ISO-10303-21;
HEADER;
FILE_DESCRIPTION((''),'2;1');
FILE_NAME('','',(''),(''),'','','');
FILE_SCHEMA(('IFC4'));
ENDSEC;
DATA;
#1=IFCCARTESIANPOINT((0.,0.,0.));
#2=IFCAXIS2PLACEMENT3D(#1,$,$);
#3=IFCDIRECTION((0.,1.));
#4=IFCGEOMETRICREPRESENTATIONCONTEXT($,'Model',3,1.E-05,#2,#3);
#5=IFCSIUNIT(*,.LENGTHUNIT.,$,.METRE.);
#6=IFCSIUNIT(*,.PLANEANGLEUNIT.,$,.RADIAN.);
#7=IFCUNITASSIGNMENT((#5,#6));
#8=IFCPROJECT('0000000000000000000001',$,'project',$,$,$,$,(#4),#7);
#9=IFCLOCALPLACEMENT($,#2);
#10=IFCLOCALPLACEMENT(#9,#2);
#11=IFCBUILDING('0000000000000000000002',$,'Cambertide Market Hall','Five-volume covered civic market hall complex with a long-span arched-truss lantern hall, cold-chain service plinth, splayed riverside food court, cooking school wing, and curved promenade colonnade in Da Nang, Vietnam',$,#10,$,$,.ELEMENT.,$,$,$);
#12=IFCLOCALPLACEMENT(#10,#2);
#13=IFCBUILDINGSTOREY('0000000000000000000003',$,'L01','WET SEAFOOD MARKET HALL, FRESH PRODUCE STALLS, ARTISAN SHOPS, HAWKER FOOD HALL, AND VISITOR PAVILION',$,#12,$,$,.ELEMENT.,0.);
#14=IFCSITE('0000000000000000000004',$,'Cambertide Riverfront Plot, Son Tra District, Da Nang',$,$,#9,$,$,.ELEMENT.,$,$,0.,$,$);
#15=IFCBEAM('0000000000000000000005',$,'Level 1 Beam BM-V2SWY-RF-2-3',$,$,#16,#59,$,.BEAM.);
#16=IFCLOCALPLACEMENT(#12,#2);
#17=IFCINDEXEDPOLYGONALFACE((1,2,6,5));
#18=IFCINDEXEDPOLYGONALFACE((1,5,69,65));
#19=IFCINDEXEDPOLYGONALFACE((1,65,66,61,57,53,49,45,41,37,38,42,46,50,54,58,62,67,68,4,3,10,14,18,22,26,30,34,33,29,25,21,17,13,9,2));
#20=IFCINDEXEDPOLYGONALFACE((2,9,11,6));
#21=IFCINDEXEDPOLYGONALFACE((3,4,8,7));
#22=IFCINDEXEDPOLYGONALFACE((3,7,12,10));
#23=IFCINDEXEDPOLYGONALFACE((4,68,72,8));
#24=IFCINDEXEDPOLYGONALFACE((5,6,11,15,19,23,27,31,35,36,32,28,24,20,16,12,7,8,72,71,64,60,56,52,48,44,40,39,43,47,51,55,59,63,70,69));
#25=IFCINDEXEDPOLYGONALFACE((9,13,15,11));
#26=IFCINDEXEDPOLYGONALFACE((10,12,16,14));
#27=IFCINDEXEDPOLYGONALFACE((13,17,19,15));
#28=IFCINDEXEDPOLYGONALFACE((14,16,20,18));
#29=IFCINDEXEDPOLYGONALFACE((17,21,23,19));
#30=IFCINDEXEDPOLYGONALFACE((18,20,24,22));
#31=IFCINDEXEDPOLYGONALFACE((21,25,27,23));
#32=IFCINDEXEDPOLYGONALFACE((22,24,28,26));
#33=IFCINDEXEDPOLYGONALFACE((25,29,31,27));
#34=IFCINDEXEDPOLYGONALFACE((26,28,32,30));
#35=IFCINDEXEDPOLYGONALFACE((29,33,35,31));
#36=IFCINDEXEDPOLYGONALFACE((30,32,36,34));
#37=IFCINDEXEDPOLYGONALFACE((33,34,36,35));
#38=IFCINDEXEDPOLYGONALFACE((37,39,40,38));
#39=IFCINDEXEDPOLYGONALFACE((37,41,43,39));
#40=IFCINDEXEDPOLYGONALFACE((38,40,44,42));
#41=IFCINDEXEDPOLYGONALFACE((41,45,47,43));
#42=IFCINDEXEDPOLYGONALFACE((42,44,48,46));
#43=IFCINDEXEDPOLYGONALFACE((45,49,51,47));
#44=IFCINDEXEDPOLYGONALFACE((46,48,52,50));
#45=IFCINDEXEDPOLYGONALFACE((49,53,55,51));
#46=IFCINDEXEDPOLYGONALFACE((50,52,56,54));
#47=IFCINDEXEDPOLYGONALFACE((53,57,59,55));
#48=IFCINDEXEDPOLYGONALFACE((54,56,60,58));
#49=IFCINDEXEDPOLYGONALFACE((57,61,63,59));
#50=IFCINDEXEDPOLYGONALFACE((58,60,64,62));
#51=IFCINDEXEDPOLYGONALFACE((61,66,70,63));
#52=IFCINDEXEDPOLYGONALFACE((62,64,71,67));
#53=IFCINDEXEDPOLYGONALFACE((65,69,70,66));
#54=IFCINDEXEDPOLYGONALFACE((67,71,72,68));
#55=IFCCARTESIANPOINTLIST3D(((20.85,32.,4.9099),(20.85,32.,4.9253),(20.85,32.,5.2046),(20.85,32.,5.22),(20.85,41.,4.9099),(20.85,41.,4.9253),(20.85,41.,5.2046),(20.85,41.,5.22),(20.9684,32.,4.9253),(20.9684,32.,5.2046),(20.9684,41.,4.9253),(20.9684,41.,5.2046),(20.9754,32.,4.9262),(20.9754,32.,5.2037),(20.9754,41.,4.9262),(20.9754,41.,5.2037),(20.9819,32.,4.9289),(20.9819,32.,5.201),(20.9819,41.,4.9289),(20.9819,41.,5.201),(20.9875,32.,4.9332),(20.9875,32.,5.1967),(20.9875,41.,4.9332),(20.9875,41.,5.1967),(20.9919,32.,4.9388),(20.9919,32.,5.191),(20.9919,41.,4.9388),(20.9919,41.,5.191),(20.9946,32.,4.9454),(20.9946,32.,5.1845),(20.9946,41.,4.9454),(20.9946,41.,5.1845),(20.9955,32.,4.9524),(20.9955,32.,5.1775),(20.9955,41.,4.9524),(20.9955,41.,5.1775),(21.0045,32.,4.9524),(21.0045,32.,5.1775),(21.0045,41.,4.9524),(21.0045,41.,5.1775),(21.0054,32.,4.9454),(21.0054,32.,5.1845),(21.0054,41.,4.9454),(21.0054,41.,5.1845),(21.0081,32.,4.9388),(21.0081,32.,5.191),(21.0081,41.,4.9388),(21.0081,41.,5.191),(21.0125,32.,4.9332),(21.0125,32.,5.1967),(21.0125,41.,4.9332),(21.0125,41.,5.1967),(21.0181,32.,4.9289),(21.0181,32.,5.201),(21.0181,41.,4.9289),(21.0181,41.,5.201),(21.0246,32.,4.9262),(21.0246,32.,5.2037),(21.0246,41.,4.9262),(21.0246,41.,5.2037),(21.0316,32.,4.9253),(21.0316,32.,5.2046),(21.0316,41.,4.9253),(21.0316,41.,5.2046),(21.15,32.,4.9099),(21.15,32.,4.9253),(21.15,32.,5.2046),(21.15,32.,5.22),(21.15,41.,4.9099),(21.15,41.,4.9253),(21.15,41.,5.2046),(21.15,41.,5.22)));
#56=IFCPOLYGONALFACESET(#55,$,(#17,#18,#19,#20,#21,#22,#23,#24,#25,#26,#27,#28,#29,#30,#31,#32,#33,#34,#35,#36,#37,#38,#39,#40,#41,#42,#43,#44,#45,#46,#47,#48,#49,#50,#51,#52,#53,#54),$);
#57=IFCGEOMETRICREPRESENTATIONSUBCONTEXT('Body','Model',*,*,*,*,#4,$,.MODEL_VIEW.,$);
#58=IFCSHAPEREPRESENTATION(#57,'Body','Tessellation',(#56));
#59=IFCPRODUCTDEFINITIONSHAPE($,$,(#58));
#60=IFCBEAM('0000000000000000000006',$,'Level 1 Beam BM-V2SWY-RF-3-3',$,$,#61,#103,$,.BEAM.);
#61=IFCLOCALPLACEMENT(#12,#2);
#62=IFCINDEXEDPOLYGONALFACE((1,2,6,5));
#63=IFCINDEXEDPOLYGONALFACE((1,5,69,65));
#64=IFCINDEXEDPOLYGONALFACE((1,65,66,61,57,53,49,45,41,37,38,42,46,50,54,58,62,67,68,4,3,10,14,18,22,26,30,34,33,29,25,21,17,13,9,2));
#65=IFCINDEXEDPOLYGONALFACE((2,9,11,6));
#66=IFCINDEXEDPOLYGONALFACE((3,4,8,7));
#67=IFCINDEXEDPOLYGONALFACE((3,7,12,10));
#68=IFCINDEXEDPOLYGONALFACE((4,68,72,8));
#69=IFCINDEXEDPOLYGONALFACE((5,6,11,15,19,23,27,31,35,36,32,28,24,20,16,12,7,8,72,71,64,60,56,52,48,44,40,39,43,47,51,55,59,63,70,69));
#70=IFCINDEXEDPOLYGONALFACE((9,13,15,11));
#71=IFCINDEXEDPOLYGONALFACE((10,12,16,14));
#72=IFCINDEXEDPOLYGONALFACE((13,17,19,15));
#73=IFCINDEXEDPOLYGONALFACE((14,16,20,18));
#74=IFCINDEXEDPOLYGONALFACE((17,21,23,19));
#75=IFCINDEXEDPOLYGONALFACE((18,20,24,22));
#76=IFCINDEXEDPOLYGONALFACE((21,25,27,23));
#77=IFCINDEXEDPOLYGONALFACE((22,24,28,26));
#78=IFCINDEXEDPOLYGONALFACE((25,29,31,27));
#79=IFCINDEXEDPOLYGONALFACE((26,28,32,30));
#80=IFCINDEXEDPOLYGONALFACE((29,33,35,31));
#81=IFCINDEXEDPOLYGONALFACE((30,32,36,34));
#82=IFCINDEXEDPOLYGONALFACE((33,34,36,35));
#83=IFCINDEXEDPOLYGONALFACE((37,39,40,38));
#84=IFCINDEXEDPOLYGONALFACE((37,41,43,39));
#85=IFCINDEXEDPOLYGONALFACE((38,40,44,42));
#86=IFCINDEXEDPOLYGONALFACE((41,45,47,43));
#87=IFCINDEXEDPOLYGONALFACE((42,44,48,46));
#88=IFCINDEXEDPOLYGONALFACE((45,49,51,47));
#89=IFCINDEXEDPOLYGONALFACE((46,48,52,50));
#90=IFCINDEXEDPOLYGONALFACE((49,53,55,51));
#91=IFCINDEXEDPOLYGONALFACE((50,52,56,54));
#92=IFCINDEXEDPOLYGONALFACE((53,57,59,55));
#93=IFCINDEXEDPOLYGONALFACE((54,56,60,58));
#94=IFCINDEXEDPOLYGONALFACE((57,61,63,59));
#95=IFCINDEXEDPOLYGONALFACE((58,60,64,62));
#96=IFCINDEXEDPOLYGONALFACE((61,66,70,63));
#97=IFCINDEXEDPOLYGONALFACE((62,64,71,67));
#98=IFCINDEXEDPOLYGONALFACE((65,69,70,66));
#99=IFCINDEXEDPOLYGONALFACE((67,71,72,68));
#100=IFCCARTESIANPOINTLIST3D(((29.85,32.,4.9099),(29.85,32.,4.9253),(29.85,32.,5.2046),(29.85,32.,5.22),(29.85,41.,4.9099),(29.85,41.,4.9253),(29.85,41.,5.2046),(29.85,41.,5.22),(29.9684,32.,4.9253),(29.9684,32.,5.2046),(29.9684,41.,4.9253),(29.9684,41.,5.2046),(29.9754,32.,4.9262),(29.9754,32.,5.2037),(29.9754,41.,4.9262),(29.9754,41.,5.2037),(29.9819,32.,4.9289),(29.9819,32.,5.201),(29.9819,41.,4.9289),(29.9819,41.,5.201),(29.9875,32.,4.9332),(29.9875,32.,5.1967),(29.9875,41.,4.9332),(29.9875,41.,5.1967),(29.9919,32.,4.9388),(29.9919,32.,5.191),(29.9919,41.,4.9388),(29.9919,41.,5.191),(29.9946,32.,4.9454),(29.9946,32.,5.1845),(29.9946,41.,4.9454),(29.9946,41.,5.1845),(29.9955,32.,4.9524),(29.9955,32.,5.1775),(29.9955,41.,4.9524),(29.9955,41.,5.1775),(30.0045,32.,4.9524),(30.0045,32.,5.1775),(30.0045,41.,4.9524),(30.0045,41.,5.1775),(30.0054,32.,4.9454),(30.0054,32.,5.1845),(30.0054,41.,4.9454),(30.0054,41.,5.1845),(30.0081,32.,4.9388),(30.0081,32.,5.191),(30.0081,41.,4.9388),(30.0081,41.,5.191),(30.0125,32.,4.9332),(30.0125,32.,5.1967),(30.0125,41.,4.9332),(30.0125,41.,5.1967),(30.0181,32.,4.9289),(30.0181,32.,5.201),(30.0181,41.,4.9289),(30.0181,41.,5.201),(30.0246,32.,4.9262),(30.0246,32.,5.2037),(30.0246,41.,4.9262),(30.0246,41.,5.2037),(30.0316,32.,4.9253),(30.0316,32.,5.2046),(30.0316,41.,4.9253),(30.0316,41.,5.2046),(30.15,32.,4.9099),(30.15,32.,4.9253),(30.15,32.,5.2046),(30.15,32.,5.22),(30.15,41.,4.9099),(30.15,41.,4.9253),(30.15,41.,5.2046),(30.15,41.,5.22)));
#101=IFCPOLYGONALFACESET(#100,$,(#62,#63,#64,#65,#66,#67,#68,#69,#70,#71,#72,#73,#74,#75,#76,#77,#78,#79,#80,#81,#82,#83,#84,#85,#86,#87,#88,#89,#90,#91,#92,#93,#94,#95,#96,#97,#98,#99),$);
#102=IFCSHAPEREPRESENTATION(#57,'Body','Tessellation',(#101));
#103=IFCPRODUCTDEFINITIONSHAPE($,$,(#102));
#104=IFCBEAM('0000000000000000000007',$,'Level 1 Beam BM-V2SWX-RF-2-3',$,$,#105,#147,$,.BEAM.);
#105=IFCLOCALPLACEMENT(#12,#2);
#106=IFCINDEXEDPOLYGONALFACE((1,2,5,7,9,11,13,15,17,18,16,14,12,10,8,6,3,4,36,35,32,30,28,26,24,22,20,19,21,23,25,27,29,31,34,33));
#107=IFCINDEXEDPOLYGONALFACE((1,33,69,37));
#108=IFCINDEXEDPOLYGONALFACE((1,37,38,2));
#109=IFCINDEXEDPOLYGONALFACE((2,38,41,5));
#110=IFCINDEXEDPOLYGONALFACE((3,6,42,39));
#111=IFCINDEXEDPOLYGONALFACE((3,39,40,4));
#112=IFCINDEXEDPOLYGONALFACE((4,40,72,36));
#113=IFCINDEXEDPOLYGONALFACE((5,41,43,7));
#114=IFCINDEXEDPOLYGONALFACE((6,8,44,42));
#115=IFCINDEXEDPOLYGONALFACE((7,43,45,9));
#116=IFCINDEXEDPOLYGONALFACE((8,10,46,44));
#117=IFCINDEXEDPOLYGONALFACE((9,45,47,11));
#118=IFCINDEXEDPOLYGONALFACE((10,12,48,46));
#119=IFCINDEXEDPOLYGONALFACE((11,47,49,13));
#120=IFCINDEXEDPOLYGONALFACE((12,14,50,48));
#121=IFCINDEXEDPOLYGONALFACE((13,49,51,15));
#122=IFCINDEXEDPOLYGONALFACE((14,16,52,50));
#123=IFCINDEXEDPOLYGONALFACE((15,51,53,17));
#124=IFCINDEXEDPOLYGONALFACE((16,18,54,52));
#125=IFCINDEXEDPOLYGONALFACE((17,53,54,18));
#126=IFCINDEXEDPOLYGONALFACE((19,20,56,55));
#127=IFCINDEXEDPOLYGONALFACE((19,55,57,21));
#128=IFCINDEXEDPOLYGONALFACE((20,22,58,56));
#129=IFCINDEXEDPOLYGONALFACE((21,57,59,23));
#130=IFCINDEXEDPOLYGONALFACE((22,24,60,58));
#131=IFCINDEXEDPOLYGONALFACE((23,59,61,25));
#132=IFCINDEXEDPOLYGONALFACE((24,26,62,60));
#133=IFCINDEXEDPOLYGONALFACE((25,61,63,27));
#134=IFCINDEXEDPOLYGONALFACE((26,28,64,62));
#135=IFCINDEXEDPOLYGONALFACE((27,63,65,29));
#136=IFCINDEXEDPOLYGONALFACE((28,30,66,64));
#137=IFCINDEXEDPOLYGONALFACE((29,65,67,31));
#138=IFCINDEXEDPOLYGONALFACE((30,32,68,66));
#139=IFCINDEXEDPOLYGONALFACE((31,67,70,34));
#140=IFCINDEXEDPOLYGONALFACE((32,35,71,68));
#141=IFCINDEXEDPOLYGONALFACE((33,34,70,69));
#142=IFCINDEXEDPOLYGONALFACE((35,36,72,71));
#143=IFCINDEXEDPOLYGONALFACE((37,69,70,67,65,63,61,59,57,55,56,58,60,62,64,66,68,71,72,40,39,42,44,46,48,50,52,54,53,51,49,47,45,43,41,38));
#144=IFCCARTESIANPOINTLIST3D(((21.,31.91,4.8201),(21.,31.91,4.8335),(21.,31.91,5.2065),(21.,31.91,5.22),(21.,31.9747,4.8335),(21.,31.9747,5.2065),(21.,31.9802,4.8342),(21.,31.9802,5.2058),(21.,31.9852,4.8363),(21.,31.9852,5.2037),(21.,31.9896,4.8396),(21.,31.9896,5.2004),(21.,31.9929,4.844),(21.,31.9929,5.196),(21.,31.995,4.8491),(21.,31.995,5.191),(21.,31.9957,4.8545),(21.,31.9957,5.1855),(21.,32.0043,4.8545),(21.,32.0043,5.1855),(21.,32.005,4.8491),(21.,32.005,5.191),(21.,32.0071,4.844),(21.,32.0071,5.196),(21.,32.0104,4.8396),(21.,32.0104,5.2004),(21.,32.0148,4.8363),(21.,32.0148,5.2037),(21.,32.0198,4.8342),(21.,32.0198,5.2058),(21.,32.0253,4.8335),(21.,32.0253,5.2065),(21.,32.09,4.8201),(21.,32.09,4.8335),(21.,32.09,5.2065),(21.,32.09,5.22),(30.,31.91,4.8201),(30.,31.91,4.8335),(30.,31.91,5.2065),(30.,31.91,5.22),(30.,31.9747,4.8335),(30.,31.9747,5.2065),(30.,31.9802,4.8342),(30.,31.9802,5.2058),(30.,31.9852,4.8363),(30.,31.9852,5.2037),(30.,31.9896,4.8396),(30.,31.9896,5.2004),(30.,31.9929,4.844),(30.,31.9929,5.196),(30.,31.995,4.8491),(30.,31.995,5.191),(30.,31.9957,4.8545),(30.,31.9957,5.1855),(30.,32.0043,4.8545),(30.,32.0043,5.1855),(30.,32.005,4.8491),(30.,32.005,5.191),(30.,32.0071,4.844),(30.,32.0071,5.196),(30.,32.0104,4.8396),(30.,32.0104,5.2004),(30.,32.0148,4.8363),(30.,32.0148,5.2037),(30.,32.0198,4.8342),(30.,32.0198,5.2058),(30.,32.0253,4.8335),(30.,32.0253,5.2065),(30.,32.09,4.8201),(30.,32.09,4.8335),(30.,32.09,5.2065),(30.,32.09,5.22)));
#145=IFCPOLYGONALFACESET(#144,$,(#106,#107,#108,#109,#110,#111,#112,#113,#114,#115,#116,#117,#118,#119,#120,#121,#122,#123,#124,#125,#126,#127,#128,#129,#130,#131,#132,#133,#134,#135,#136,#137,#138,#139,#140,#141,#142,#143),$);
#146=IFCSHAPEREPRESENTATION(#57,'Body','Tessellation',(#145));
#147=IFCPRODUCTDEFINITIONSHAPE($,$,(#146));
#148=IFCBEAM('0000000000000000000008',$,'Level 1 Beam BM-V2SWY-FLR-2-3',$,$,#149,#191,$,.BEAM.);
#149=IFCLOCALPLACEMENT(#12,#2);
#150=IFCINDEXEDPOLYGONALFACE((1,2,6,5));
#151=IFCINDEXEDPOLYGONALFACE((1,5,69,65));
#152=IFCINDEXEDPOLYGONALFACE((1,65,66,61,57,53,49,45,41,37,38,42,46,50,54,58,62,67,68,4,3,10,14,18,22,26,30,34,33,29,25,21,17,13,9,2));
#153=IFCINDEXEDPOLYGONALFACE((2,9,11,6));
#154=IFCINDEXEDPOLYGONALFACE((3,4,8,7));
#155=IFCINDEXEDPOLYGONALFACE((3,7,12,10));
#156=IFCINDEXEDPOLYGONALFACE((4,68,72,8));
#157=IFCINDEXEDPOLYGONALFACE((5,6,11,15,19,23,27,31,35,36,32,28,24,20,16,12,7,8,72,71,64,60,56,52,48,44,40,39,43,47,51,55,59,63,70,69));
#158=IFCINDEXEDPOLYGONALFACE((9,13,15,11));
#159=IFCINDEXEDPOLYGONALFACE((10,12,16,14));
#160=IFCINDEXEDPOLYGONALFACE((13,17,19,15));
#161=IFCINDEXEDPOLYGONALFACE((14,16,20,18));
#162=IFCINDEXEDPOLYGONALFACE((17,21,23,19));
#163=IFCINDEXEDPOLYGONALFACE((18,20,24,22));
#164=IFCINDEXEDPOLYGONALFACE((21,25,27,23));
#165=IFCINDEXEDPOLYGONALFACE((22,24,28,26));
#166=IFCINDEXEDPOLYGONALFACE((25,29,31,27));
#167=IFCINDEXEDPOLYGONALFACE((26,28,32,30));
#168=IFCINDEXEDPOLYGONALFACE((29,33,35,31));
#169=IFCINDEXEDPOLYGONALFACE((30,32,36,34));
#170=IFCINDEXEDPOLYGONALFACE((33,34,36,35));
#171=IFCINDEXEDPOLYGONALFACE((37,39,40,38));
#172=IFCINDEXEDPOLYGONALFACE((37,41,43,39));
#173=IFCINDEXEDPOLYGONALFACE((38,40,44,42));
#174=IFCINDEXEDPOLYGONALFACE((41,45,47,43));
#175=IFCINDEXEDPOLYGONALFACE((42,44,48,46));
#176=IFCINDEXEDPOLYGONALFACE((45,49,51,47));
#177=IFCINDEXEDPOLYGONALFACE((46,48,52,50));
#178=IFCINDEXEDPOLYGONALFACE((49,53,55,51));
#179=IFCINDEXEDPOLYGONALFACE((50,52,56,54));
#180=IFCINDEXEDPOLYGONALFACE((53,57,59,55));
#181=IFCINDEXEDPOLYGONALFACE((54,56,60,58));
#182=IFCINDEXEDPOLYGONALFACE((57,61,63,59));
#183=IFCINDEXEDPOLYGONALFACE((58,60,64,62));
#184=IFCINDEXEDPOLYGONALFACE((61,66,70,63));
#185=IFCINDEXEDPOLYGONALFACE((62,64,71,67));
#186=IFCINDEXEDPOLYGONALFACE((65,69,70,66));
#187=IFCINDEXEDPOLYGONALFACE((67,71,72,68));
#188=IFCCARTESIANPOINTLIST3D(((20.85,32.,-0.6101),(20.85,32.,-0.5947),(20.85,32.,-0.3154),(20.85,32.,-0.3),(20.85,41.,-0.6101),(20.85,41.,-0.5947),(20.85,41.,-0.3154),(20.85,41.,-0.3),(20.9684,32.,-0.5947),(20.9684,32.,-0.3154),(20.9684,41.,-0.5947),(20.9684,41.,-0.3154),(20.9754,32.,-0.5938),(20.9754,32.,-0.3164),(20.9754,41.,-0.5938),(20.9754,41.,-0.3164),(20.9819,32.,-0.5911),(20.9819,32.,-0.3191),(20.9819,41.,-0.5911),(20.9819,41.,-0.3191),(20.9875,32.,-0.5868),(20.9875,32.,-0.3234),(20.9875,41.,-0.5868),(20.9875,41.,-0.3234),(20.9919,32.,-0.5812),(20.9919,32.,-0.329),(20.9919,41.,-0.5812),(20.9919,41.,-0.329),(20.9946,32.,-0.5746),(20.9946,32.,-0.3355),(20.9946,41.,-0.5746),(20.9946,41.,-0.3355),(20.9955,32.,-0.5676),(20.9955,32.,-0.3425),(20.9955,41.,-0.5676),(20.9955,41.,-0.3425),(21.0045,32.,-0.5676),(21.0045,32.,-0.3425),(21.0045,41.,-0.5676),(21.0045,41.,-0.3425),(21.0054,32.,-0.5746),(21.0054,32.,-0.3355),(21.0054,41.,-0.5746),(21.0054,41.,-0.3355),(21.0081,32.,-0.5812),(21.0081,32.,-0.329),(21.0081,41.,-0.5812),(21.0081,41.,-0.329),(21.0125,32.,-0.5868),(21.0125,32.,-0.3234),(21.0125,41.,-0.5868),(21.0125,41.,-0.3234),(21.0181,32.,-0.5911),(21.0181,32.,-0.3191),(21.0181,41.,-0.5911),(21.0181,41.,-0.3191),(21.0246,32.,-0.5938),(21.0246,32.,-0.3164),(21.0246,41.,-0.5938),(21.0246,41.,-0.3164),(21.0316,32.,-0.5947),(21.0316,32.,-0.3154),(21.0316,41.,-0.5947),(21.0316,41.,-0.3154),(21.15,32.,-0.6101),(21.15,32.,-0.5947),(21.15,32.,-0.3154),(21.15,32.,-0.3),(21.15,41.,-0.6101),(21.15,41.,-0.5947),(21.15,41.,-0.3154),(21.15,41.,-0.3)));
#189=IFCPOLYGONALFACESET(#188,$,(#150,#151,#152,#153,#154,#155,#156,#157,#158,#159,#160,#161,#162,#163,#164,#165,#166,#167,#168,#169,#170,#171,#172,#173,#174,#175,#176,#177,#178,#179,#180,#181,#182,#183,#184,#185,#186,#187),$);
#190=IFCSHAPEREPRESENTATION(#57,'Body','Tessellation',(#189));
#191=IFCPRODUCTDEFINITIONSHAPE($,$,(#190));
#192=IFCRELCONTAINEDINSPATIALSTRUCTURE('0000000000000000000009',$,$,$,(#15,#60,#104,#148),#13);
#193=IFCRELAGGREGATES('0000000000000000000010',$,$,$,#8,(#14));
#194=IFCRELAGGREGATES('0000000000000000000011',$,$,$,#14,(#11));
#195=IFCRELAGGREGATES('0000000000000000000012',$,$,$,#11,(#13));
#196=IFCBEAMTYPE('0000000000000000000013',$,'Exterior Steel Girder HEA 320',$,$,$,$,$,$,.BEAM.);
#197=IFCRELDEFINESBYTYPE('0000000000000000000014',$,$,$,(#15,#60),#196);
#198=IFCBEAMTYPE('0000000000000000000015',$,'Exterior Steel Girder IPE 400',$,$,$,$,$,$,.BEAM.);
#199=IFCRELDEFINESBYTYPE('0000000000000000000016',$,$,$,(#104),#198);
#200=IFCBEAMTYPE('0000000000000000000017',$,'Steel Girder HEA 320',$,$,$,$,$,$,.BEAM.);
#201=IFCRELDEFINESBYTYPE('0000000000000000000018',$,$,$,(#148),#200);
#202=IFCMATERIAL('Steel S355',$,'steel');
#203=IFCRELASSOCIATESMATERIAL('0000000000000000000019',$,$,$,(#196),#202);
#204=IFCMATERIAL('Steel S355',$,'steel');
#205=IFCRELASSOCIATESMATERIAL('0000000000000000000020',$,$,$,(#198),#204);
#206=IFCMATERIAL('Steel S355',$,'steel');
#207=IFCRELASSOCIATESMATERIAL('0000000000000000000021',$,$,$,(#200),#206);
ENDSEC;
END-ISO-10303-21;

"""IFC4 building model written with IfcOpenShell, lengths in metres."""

from ifc_helpers import new_model, si_unit, direction, frame, origin, origin_2d, place, context, subcontext, project, spatial, i_section, extrude, material, material_profile, profile_set, type_object, element, save


model = new_model("IFC4")

# Units and contexts
model_context = context("Model", 3, precision=1e-05, world=origin(), true_north=direction((0.0, 1.0)))
body_context = subcontext(model_context, "Body", "Model", "MODEL_VIEW")
ifc_project = project(units=[si_unit("LENGTHUNIT", "METRE"), si_unit("PLANEANGLEUNIT", "RADIAN")], contexts=[model_context])

# Site, building, storey
site_placement = place(None, origin())
site = spatial("IfcSite", under=ifc_project, at=site_placement, Name="Cambertide Riverfront Plot, Son Tra District, Da Nang", CompositionType="ELEMENT", RefElevation=0.0)
building_placement = place(site_placement, origin())
building = spatial("IfcBuilding", under=site, at=building_placement, Name="Cambertide Market Hall", Description="Five-volume covered civic market hall complex with a long-span arched-truss lantern hall, cold-chain service plinth, splayed riverside food court, cooking school wing, and curved promenade colonnade in Da Nang, Vietnam", CompositionType="ELEMENT")
storey_placement = place(building_placement, origin())
storey = spatial("IfcBuildingStorey", under=building, at=storey_placement, Name="L01", Description="WET SEAFOOD MARKET HALL, FRESH PRODUCE STALLS, ARTISAN SHOPS, HAWKER FOOD HALL, AND VISITOR PAVILION", CompositionType="ELEMENT", Elevation=0.0)

# Beams
ifc_material_1 = material(Name="Steel S355", Category="steel")
ifc_material_profile_1 = material_profile(ifc_material_1, i_section(OverallWidth=0.3, OverallDepth=0.3101, WebThickness=0.009, FlangeThickness=0.0154, FilletRadius=0.0271, at=origin_2d()), Name="HEA 320")
ifc_profile_set_1 = profile_set([ifc_material_profile_1], Name="Steel S355")
beam_type_1 = type_object("IfcBeamType", Name="Exterior Steel Girder HEA 320", PredefinedType="BEAM", material=ifc_profile_set_1)
for number, where, z_axis, x_axis, name in (
    (1, (21.0, 32.0, 5.0649), (0.0, 1.0, 0.0), (-1.0, 0.0, 0.0), "Level 1 Beam BM-V2SWY-RF-2-3"),
    (2, (30.0, 32.0, 5.0649), (0.0, 1.0, 0.0), (-1.0, 0.0, 0.0), "Level 1 Beam BM-V2SWY-RF-3-3"),
):
    element("IfcBeam", number, at=place(storey_placement, frame(where, z_axis=z_axis, x_axis=x_axis)), inside=storey, type_object=beam_type_1, Name=name, PredefinedType="BEAM", context=body_context, shape_type="SweptSolid", body=[
        extrude(i_section(OverallWidth=0.3, OverallDepth=0.3101, WebThickness=0.009, FlangeThickness=0.0154, FilletRadius=0.0271, at=origin_2d()), origin(), (0.0, 0.0, 1.0), 9.0),
    ])
ifc_material_2 = material(Name="Steel S355", Category="steel")
ifc_material_profile_2 = material_profile(ifc_material_2, i_section(OverallWidth=0.1799, OverallDepth=0.3999, WebThickness=0.0085, FlangeThickness=0.0134, FilletRadius=0.021, at=origin_2d()), Name="IPE 400")
ifc_profile_set_2 = profile_set([ifc_material_profile_2], Name="Steel S355")
beam_type_2 = type_object("IfcBeamType", Name="Exterior Steel Girder IPE 400", PredefinedType="BEAM", material=ifc_profile_set_2)
beam_1_placement = place(storey_placement, frame((21.0, 32.0, 5.02), z_axis=(1.0, 0.0, 0.0), x_axis=(0.0, 1.0, 0.0)))
element("IfcBeam", 3, at=beam_1_placement, inside=storey, type_object=beam_type_2, Name="Level 1 Beam BM-V2SWX-RF-2-3", PredefinedType="BEAM", context=body_context, shape_type="SweptSolid", body=[
    extrude(i_section(OverallWidth=0.1799, OverallDepth=0.3999, WebThickness=0.0085, FlangeThickness=0.0134, FilletRadius=0.021, at=origin_2d()), origin(), (0.0, 0.0, 1.0), 9.0),
])
ifc_material_3 = material(Name="Steel S355", Category="steel")
ifc_material_profile_3 = material_profile(ifc_material_3, i_section(OverallWidth=0.3, OverallDepth=0.3101, WebThickness=0.009, FlangeThickness=0.0154, FilletRadius=0.0271, at=origin_2d()), Name="HEA 320")
ifc_profile_set_3 = profile_set([ifc_material_profile_3], Name="Steel S355")
beam_type_3 = type_object("IfcBeamType", Name="Steel Girder HEA 320", PredefinedType="BEAM", material=ifc_profile_set_3)
for number, where, z_axis, x_axis, name in (
    (4, (21.0, 32.0, -0.4551), (0.0, 1.0, 0.0), (-1.0, 0.0, 0.0), "Level 1 Beam BM-V2SWY-FLR-2-3"),
):
    element("IfcBeam", number, at=place(storey_placement, frame(where, z_axis=z_axis, x_axis=x_axis)), inside=storey, type_object=beam_type_3, Name=name, PredefinedType="BEAM", context=body_context, shape_type="SweptSolid", body=[
        extrude(i_section(OverallWidth=0.3, OverallDepth=0.3101, WebThickness=0.009, FlangeThickness=0.0154, FilletRadius=0.0271, at=origin_2d()), origin(), (0.0, 0.0, 1.0), 9.0),
    ])

save(model, "model.ifc")
